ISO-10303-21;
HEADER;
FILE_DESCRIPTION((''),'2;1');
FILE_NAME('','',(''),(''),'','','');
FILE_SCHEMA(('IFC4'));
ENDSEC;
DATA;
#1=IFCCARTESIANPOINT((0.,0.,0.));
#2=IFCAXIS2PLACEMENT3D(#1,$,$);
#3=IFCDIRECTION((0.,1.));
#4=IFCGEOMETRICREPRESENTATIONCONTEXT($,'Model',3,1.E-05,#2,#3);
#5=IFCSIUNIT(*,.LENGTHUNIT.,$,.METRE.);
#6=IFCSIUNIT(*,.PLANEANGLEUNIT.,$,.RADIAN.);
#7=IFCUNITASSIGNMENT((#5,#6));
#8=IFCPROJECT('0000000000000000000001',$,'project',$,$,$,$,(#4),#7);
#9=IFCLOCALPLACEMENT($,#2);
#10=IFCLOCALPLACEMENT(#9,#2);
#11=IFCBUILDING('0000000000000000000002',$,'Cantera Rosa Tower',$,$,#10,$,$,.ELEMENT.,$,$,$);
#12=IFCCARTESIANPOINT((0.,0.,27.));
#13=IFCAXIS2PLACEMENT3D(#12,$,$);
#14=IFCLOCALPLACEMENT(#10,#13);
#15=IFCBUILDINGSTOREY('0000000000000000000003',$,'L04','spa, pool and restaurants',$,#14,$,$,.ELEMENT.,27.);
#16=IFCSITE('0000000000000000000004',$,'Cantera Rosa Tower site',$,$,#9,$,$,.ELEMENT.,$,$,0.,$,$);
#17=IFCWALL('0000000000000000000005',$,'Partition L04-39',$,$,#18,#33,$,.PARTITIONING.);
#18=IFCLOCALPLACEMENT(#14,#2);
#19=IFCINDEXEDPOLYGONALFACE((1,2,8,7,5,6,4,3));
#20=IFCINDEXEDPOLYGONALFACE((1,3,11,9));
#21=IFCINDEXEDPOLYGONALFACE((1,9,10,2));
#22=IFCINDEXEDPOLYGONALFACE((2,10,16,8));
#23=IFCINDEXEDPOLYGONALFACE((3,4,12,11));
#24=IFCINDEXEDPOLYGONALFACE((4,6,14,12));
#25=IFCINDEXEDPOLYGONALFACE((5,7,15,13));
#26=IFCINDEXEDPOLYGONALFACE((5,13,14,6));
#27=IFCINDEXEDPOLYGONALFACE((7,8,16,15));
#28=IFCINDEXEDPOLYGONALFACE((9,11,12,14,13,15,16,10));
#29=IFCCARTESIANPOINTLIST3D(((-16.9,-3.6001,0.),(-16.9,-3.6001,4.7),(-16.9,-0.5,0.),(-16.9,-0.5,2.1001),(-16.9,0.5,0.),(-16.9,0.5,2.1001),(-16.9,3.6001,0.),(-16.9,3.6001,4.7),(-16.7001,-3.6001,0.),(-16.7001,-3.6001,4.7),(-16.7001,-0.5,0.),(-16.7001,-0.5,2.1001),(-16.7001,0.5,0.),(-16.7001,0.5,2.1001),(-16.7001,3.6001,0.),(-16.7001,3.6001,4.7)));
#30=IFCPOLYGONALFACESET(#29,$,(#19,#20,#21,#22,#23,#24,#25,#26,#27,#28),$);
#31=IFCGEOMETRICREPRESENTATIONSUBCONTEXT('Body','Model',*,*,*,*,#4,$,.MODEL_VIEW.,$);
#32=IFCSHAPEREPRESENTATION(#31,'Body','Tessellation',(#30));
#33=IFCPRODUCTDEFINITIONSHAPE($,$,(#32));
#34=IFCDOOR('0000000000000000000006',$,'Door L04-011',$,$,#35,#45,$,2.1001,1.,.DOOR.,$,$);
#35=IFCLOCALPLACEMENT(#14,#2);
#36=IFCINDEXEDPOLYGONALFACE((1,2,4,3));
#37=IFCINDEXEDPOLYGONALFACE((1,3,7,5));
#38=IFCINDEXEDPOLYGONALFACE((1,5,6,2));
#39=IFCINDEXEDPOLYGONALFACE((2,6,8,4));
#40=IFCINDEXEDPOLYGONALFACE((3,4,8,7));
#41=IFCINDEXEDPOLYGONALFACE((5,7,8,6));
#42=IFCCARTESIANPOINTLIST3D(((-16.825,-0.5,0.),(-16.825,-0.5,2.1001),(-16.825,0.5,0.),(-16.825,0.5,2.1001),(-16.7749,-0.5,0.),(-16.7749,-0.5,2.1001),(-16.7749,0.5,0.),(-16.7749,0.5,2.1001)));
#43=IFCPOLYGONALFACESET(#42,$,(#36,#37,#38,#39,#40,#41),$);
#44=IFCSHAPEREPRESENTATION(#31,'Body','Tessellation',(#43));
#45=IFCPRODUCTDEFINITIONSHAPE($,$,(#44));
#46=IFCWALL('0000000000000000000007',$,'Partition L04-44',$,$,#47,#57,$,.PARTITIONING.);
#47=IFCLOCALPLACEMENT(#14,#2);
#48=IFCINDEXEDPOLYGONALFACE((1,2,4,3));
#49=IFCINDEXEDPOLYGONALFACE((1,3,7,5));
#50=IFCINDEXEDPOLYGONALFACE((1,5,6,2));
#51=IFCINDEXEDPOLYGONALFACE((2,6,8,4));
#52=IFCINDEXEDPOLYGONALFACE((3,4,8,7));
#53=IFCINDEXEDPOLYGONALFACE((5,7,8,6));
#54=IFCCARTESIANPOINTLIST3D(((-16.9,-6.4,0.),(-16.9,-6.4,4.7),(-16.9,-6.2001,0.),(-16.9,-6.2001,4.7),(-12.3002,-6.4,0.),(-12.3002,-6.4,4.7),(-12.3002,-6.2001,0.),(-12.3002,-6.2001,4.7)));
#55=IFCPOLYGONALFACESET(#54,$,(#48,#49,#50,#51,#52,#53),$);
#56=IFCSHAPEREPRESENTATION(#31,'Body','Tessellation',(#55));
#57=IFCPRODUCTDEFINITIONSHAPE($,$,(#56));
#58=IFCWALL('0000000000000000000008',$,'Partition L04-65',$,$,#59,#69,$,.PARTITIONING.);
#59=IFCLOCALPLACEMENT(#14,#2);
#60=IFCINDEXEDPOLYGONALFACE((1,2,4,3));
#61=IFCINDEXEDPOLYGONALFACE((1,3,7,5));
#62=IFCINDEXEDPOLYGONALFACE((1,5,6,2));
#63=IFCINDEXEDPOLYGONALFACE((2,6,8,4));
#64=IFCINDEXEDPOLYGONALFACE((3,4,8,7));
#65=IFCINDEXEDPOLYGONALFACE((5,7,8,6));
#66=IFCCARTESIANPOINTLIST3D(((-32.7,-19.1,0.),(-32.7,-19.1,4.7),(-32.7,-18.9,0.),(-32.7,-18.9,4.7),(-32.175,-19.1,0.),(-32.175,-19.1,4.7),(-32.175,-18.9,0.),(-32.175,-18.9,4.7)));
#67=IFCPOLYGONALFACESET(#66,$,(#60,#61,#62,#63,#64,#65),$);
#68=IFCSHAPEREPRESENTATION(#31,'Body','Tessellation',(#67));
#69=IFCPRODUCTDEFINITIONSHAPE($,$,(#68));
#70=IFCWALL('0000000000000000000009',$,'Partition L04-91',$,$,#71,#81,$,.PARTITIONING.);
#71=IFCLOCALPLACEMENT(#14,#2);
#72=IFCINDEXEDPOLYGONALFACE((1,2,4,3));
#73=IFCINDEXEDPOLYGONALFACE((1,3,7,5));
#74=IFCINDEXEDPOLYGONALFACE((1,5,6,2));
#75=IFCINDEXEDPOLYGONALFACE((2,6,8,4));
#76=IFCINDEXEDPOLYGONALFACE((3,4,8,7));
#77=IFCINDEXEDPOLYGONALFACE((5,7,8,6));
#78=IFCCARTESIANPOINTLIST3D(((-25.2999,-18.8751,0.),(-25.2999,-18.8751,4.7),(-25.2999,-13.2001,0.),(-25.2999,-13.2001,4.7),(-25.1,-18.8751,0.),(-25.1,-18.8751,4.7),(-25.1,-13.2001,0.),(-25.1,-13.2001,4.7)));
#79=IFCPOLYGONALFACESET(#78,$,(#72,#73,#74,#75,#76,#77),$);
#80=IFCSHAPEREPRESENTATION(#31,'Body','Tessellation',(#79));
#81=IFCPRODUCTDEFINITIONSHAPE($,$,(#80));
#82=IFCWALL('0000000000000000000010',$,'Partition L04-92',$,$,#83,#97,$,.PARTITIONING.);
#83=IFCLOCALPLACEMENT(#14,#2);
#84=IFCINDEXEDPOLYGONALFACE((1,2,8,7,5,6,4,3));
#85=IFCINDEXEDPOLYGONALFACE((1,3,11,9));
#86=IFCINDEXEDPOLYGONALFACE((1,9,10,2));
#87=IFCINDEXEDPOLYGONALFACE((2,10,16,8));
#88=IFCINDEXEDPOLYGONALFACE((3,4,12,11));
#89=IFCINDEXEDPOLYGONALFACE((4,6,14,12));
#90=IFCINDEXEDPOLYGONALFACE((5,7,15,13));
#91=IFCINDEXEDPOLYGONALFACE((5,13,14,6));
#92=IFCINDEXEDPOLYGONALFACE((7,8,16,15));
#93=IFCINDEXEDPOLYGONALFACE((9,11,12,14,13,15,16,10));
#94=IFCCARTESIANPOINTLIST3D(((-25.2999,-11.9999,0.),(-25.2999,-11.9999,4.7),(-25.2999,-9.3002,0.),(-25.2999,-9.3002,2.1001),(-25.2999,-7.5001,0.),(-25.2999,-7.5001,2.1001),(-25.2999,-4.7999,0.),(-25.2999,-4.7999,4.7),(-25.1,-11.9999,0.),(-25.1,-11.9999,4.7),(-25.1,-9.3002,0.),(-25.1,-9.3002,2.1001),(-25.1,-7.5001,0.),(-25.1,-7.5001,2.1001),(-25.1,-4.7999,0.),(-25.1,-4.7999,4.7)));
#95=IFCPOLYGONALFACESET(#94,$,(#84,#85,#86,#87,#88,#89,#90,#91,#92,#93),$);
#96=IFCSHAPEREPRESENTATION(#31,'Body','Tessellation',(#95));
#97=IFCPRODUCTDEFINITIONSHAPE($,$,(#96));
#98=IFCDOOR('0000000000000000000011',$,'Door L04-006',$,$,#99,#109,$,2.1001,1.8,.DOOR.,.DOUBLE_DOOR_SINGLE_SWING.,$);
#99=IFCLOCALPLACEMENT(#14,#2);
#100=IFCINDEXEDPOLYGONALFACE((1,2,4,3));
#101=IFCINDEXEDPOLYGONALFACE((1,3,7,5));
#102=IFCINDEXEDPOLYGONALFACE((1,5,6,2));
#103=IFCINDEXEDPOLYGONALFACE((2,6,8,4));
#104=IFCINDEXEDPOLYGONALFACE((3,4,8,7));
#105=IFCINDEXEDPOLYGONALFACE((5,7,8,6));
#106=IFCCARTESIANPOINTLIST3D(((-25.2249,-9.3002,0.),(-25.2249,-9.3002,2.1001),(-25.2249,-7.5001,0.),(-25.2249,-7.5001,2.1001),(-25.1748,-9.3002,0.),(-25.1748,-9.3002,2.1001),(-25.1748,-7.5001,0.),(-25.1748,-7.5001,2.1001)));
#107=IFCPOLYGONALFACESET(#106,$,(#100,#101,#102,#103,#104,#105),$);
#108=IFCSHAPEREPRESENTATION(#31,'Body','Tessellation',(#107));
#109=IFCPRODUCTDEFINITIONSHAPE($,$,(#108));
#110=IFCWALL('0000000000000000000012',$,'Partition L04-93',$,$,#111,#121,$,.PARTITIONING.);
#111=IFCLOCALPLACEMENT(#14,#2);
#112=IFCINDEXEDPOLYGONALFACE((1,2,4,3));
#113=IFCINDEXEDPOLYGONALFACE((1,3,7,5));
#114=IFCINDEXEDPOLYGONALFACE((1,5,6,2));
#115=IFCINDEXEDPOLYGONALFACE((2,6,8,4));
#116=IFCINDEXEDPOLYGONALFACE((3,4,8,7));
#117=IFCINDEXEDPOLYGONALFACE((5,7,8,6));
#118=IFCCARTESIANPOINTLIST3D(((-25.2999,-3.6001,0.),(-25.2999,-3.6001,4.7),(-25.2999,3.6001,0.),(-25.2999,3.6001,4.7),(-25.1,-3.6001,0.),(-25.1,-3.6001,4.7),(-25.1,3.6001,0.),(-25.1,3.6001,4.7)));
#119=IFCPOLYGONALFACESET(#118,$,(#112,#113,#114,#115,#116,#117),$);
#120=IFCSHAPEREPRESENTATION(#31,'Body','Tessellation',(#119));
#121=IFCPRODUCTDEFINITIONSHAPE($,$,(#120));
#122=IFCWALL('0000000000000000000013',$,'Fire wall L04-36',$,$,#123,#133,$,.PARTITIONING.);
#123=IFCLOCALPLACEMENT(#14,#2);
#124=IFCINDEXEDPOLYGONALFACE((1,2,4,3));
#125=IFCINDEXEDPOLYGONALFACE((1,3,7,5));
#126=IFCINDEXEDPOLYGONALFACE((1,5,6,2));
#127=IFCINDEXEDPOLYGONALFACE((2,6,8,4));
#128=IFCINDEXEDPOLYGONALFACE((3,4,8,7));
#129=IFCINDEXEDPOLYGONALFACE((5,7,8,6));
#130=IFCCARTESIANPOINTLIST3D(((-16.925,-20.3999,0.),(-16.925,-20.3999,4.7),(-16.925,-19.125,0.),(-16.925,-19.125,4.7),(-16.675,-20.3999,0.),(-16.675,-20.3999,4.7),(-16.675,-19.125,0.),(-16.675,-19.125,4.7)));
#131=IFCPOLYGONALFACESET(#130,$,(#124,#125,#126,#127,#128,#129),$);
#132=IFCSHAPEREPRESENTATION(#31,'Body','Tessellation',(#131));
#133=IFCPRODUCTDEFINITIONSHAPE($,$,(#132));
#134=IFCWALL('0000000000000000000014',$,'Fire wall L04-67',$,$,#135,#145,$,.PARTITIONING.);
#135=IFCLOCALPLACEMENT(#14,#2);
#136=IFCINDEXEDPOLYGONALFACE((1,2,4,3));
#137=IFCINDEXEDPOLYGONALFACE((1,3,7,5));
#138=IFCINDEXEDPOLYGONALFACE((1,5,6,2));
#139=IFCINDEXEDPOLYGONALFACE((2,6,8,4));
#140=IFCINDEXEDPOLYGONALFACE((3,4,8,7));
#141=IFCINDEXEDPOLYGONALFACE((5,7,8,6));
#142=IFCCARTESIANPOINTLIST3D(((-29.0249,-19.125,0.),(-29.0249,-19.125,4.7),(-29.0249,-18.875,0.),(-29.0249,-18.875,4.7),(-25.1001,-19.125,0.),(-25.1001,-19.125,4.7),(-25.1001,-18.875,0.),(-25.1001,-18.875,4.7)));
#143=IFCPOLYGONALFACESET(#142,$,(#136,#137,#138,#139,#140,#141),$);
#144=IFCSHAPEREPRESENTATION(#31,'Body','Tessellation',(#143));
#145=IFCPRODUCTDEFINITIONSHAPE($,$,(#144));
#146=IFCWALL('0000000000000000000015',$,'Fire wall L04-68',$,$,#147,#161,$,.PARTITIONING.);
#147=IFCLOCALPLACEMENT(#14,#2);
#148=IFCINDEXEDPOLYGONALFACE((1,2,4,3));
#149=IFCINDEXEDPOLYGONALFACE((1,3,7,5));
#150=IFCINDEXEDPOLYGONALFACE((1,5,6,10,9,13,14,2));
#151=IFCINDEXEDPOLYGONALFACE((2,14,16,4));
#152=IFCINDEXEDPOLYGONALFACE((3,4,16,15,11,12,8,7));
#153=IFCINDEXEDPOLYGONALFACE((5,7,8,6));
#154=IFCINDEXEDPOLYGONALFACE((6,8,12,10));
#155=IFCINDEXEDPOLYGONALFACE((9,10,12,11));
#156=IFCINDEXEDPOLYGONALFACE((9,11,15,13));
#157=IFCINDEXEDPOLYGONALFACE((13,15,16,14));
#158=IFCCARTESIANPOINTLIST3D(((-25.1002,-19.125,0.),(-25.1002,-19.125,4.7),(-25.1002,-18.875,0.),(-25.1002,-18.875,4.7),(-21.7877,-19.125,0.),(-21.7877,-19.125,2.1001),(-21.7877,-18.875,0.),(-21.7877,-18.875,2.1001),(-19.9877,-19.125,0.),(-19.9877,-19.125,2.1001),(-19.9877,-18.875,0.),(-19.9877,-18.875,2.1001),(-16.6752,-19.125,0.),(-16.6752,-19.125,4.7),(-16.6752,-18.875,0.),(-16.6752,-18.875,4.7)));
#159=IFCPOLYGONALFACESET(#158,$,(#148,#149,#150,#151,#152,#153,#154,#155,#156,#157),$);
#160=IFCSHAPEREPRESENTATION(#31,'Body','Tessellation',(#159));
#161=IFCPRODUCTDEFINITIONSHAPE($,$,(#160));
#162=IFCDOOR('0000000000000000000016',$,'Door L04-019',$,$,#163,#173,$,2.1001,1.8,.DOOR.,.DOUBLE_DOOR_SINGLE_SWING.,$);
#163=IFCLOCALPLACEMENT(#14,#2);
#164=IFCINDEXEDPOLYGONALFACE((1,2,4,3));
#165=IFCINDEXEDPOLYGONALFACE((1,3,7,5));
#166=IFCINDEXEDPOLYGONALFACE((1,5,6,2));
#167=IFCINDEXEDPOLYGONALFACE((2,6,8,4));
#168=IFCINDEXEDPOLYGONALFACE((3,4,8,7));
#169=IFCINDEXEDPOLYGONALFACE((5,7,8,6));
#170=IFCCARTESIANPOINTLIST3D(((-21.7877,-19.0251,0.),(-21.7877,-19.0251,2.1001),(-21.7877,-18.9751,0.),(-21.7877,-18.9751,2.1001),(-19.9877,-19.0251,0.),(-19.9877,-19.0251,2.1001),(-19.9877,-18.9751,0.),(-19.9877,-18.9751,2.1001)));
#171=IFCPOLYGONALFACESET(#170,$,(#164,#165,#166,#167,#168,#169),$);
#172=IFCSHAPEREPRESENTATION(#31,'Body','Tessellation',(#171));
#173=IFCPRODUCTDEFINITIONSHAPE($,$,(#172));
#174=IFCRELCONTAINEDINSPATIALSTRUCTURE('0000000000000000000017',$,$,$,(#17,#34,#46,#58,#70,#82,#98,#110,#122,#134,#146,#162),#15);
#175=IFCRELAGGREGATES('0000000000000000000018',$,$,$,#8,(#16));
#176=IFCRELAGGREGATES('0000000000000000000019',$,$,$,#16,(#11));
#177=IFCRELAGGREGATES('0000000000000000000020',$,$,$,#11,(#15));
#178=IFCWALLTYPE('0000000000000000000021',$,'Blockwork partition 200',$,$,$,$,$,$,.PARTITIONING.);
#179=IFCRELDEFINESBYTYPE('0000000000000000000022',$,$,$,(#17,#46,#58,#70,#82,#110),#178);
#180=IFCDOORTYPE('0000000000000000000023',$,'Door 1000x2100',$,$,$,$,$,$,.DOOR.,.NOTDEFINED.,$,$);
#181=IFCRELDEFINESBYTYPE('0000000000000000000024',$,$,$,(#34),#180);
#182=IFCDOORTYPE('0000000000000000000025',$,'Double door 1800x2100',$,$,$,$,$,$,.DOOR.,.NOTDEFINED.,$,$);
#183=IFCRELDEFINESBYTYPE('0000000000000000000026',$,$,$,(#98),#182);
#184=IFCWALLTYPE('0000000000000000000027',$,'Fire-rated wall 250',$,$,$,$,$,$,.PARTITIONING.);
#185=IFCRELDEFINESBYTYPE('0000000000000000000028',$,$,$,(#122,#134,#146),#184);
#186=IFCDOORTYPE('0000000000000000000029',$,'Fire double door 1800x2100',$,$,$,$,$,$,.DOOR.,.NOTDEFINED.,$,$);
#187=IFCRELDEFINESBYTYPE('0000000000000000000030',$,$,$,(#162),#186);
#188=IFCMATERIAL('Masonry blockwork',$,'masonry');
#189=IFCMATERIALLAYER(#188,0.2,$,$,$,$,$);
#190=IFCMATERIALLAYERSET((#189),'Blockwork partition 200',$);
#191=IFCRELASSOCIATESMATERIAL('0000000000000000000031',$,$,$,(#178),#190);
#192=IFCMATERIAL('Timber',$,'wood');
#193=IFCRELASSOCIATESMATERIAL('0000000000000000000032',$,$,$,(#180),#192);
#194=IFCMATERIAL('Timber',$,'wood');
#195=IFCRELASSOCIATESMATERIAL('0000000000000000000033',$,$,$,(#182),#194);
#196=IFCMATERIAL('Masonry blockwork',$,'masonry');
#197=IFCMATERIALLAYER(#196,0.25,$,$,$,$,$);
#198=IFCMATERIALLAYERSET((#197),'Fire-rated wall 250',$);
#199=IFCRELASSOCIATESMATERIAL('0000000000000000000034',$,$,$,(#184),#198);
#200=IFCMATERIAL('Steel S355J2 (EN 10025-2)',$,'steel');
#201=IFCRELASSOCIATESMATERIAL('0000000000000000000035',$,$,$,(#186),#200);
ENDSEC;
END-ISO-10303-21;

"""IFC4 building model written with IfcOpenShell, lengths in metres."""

from ifc_helpers import new_model, si_unit, direction, frame, frame_2d, origin, place, context, subcontext, project, spatial, rectangle, extrude, material, layer, layer_set, type_object, element, fill, save


model = new_model("IFC4")

# Units and contexts
model_context = context("Model", 3, precision=1e-05, world=origin(), true_north=direction((0.0, 1.0)))
body_context = subcontext(model_context, "Body", "Model", "MODEL_VIEW")
ifc_project = project(units=[si_unit("LENGTHUNIT", "METRE"), si_unit("PLANEANGLEUNIT", "RADIAN")], contexts=[model_context])

# Site, building, storey
site_placement = place(None, origin())
site = spatial("IfcSite", under=ifc_project, at=site_placement, Name="Cantera Rosa Tower site", CompositionType="ELEMENT", RefElevation=0.0)
building_placement = place(site_placement, origin())
building = spatial("IfcBuilding", under=site, at=building_placement, Name="Cantera Rosa Tower", CompositionType="ELEMENT")
storey_placement = place(building_placement, frame((0.0, 0.0, 27.0)))
storey = spatial("IfcBuildingStorey", under=building, at=storey_placement, Name="L04", Description="spa, pool and restaurants", CompositionType="ELEMENT", Elevation=27.0)

# Shared definitions
ifc_material_1 = material(Name="Masonry blockwork", Category="masonry")
ifc_layer_1 = layer(ifc_material_1, 0.2)
ifc_layer_set_1 = layer_set([ifc_layer_1], Name="Blockwork partition 200")
wall_type_1 = type_object("IfcWallType", Name="Blockwork partition 200", PredefinedType="PARTITIONING", material=ifc_layer_set_1)

# Shared definitions
ifc_material_2 = material(Name="Timber", Category="wood")
door_type_1 = type_object("IfcDoorType", Name="Door 1000x2100", OperationType="NOTDEFINED", PredefinedType="DOOR", material=ifc_material_2)

# Wall, opening, door
wall_1_placement = place(storey_placement, frame((-16.8, -3.6001, 0.0), z_axis=(0.0, 0.0, 1.0), x_axis=(0.0, 1.0, 0.0)))
wall_1 = element("IfcWall", 1, at=wall_1_placement, inside=storey, type_object=wall_type_1, Name="Partition L04-39", PredefinedType="PARTITIONING", context=body_context, shape_type="SweptSolid", body=[
    extrude(rectangle(XDim=7.2002, YDim=0.2, at=frame_2d((3.6001, 0.0))), origin(), (0.0, 0.0, 1.0), 4.7),
])
opening_1_placement = place(wall_1_placement, frame((3.1001, 0.0, 0.0)))
opening_1 = element("IfcOpeningElement", 2, at=opening_1_placement, cuts=wall_1, PredefinedType="OPENING", context=body_context, shape_type="SweptSolid", body=[
    extrude(rectangle(XDim=1.0, YDim=2.1001, at=frame_2d((0.5, 1.05))), frame((0.0, 0.1099, 0.0), z_axis=(0.0, -1.0, 0.0), x_axis=(1.0, 0.0, 0.0)), (0.0, 0.0, 1.0), 0.22),
])
door_1_placement = place(opening_1_placement, origin())
door_1 = element("IfcDoor", 3, at=door_1_placement, inside=storey, type_object=door_type_1, Name="Door L04-011", OverallHeight=2.1001, OverallWidth=1.0, PredefinedType="DOOR", context=body_context, shape_type="SweptSolid", body=[
    extrude(rectangle(XDim=1.0, YDim=2.1001, at=frame_2d((0.5, 1.05))), frame((0.0, 0.0249, 0.0), z_axis=(0.0, -1.0, 0.0), x_axis=(1.0, 0.0, 0.0)), (0.0, 0.0, 1.0), 0.05),
])
fill(opening_1, door_1)

# Walls
wall_2_placement = place(storey_placement, frame((-16.8999, -6.3, 0.0), z_axis=(0.0, 0.0, 1.0), x_axis=(1.0, 0.0, 0.0)))
element("IfcWall", 4, at=wall_2_placement, inside=storey, type_object=wall_type_1, Name="Partition L04-44", PredefinedType="PARTITIONING", context=body_context, shape_type="SweptSolid", body=[
    extrude(rectangle(XDim=4.5999, YDim=0.2, at=frame_2d((2.2998, 0.0))), origin(), (0.0, 0.0, 1.0), 4.7),
])
wall_3_placement = place(storey_placement, frame((-32.7, -19.0, 0.0), z_axis=(0.0, 0.0, 1.0), x_axis=(1.0, 0.0, 0.0)))
element("IfcWall", 5, at=wall_3_placement, inside=storey, type_object=wall_type_1, Name="Partition L04-65", PredefinedType="PARTITIONING", context=body_context, shape_type="SweptSolid", body=[
    extrude(rectangle(XDim=0.5249, YDim=0.2, at=frame_2d((0.2625, 0.0))), origin(), (0.0, 0.0, 1.0), 4.7),
])
wall_4_placement = place(storey_placement, frame((-25.2, -18.875, 0.0), z_axis=(0.0, 0.0, 1.0), x_axis=(0.0, 1.0, 0.0)))
element("IfcWall", 6, at=wall_4_placement, inside=storey, type_object=wall_type_1, Name="Partition L04-91", PredefinedType="PARTITIONING", context=body_context, shape_type="SweptSolid", body=[
    extrude(rectangle(XDim=5.675, YDim=0.2, at=frame_2d((2.8374, 0.0))), origin(), (0.0, 0.0, 1.0), 4.7),
])

# Wall, opening, door
wall_5_placement = place(storey_placement, frame((-25.2, -12.0, 0.0), z_axis=(0.0, 0.0, 1.0), x_axis=(0.0, 1.0, 0.0)))
wall_5 = element("IfcWall", 7, at=wall_5_placement, inside=storey, type_object=wall_type_1, Name="Partition L04-92", PredefinedType="PARTITIONING", context=body_context, shape_type="SweptSolid", body=[
    extrude(rectangle(XDim=7.2, YDim=0.2, at=frame_2d((3.6001, 0.0))), origin(), (0.0, 0.0, 1.0), 4.7),
])
opening_2_placement = place(wall_5_placement, frame((2.7, 0.0, 0.0)))
opening_2 = element("IfcOpeningElement", 8, at=opening_2_placement, cuts=wall_5, PredefinedType="OPENING", context=body_context, shape_type="SweptSolid", body=[
    extrude(rectangle(XDim=1.8, YDim=2.1001, at=frame_2d((0.8999, 1.05))), frame((0.0, 0.1099, 0.0), z_axis=(0.0, -1.0, 0.0), x_axis=(1.0, 0.0, 0.0)), (0.0, 0.0, 1.0), 0.22),
])
ifc_material_3 = material(Name="Timber", Category="wood")
door_type_2 = type_object("IfcDoorType", Name="Double door 1800x2100", OperationType="NOTDEFINED", PredefinedType="DOOR", material=ifc_material_3)
door_2_placement = place(opening_2_placement, origin())
door_2 = element("IfcDoor", 9, at=door_2_placement, inside=storey, type_object=door_type_2, Name="Door L04-006", OperationType="DOUBLE_DOOR_SINGLE_SWING", OverallHeight=2.1001, OverallWidth=1.8, PredefinedType="DOOR", context=body_context, shape_type="SweptSolid", body=[
    extrude(rectangle(XDim=1.8, YDim=2.1001, at=frame_2d((0.8999, 1.05))), frame((0.0, 0.0249, 0.0), z_axis=(0.0, -1.0, 0.0), x_axis=(1.0, 0.0, 0.0)), (0.0, 0.0, 1.0), 0.05),
])
fill(opening_2, door_2)

# Walls
wall_6_placement = place(storey_placement, frame((-25.2, -3.6001, 0.0), z_axis=(0.0, 0.0, 1.0), x_axis=(0.0, 1.0, 0.0)))
element("IfcWall", 10, at=wall_6_placement, inside=storey, type_object=wall_type_1, Name="Partition L04-93", PredefinedType="PARTITIONING", context=body_context, shape_type="SweptSolid", body=[
    extrude(rectangle(XDim=7.2002, YDim=0.2, at=frame_2d((3.6001, 0.0))), origin(), (0.0, 0.0, 1.0), 4.7),
])
ifc_material_4 = material(Name="Masonry blockwork", Category="masonry")
ifc_layer_2 = layer(ifc_material_4, 0.25)
ifc_layer_set_2 = layer_set([ifc_layer_2], Name="Fire-rated wall 250")
wall_type_2 = type_object("IfcWallType", Name="Fire-rated wall 250", PredefinedType="PARTITIONING", material=ifc_layer_set_2)
wall_7_placement = place(storey_placement, frame((-16.8, -20.3999, 0.0), z_axis=(0.0, 0.0, 1.0), x_axis=(0.0, 1.0, 0.0)))
element("IfcWall", 11, at=wall_7_placement, inside=storey, type_object=wall_type_2, Name="Fire wall L04-36", PredefinedType="PARTITIONING", context=body_context, shape_type="SweptSolid", body=[
    extrude(rectangle(XDim=1.2749, YDim=0.25, at=frame_2d((0.6375, 0.0))), origin(), (0.0, 0.0, 1.0), 4.7),
])
wall_8_placement = place(storey_placement, frame((-29.0249, -19.0, 0.0), z_axis=(0.0, 0.0, 1.0), x_axis=(1.0, 0.0, 0.0)))
element("IfcWall", 12, at=wall_8_placement, inside=storey, type_object=wall_type_2, Name="Fire wall L04-67", PredefinedType="PARTITIONING", context=body_context, shape_type="SweptSolid", body=[
    extrude(rectangle(XDim=3.9248, YDim=0.25, at=frame_2d((1.9624, 0.0))), origin(), (0.0, 0.0, 1.0), 4.7),
])

# Wall, opening, door
wall_9_placement = place(storey_placement, frame((-25.1001, -19.0, 0.0), z_axis=(0.0, 0.0, 1.0), x_axis=(1.0, 0.0, 0.0)))
wall_9 = element("IfcWall", 13, at=wall_9_placement, inside=storey, type_object=wall_type_2, Name="Fire wall L04-68", PredefinedType="PARTITIONING", context=body_context, shape_type="SweptSolid", body=[
    extrude(rectangle(XDim=8.425, YDim=0.25, at=frame_2d((4.2124, 0.0))), origin(), (0.0, 0.0, 1.0), 4.7),
])
opening_3_placement = place(wall_9_placement, frame((3.3125, 0.0, 0.0)))
opening_3 = element("IfcOpeningElement", 14, at=opening_3_placement, cuts=wall_9, PredefinedType="OPENING", context=body_context, shape_type="SweptSolid", body=[
    extrude(rectangle(XDim=1.8, YDim=2.1001, at=frame_2d((0.8999, 1.05))), frame((0.0, 0.135, 0.0), z_axis=(0.0, -1.0, 0.0), x_axis=(1.0, 0.0, 0.0)), (0.0, 0.0, 1.0), 0.27),
])
ifc_material_5 = material(Name="Steel S355J2 (EN 10025-2)", Category="steel")
door_type_3 = type_object("IfcDoorType", Name="Fire double door 1800x2100", OperationType="NOTDEFINED", PredefinedType="DOOR", material=ifc_material_5)
door_3_placement = place(opening_3_placement, origin())
door_3 = element("IfcDoor", 15, at=door_3_placement, inside=storey, type_object=door_type_3, Name="Door L04-019", OperationType="DOUBLE_DOOR_SINGLE_SWING", OverallHeight=2.1001, OverallWidth=1.8, PredefinedType="DOOR", context=body_context, shape_type="SweptSolid", body=[
    extrude(rectangle(XDim=1.8, YDim=2.1001, at=frame_2d((0.8999, 1.05))), frame((0.0, 0.0249, 0.0), z_axis=(0.0, -1.0, 0.0), x_axis=(1.0, 0.0, 0.0)), (0.0, 0.0, 1.0), 0.05),
])
fill(opening_3, door_3)

save(model, "model.ifc")
